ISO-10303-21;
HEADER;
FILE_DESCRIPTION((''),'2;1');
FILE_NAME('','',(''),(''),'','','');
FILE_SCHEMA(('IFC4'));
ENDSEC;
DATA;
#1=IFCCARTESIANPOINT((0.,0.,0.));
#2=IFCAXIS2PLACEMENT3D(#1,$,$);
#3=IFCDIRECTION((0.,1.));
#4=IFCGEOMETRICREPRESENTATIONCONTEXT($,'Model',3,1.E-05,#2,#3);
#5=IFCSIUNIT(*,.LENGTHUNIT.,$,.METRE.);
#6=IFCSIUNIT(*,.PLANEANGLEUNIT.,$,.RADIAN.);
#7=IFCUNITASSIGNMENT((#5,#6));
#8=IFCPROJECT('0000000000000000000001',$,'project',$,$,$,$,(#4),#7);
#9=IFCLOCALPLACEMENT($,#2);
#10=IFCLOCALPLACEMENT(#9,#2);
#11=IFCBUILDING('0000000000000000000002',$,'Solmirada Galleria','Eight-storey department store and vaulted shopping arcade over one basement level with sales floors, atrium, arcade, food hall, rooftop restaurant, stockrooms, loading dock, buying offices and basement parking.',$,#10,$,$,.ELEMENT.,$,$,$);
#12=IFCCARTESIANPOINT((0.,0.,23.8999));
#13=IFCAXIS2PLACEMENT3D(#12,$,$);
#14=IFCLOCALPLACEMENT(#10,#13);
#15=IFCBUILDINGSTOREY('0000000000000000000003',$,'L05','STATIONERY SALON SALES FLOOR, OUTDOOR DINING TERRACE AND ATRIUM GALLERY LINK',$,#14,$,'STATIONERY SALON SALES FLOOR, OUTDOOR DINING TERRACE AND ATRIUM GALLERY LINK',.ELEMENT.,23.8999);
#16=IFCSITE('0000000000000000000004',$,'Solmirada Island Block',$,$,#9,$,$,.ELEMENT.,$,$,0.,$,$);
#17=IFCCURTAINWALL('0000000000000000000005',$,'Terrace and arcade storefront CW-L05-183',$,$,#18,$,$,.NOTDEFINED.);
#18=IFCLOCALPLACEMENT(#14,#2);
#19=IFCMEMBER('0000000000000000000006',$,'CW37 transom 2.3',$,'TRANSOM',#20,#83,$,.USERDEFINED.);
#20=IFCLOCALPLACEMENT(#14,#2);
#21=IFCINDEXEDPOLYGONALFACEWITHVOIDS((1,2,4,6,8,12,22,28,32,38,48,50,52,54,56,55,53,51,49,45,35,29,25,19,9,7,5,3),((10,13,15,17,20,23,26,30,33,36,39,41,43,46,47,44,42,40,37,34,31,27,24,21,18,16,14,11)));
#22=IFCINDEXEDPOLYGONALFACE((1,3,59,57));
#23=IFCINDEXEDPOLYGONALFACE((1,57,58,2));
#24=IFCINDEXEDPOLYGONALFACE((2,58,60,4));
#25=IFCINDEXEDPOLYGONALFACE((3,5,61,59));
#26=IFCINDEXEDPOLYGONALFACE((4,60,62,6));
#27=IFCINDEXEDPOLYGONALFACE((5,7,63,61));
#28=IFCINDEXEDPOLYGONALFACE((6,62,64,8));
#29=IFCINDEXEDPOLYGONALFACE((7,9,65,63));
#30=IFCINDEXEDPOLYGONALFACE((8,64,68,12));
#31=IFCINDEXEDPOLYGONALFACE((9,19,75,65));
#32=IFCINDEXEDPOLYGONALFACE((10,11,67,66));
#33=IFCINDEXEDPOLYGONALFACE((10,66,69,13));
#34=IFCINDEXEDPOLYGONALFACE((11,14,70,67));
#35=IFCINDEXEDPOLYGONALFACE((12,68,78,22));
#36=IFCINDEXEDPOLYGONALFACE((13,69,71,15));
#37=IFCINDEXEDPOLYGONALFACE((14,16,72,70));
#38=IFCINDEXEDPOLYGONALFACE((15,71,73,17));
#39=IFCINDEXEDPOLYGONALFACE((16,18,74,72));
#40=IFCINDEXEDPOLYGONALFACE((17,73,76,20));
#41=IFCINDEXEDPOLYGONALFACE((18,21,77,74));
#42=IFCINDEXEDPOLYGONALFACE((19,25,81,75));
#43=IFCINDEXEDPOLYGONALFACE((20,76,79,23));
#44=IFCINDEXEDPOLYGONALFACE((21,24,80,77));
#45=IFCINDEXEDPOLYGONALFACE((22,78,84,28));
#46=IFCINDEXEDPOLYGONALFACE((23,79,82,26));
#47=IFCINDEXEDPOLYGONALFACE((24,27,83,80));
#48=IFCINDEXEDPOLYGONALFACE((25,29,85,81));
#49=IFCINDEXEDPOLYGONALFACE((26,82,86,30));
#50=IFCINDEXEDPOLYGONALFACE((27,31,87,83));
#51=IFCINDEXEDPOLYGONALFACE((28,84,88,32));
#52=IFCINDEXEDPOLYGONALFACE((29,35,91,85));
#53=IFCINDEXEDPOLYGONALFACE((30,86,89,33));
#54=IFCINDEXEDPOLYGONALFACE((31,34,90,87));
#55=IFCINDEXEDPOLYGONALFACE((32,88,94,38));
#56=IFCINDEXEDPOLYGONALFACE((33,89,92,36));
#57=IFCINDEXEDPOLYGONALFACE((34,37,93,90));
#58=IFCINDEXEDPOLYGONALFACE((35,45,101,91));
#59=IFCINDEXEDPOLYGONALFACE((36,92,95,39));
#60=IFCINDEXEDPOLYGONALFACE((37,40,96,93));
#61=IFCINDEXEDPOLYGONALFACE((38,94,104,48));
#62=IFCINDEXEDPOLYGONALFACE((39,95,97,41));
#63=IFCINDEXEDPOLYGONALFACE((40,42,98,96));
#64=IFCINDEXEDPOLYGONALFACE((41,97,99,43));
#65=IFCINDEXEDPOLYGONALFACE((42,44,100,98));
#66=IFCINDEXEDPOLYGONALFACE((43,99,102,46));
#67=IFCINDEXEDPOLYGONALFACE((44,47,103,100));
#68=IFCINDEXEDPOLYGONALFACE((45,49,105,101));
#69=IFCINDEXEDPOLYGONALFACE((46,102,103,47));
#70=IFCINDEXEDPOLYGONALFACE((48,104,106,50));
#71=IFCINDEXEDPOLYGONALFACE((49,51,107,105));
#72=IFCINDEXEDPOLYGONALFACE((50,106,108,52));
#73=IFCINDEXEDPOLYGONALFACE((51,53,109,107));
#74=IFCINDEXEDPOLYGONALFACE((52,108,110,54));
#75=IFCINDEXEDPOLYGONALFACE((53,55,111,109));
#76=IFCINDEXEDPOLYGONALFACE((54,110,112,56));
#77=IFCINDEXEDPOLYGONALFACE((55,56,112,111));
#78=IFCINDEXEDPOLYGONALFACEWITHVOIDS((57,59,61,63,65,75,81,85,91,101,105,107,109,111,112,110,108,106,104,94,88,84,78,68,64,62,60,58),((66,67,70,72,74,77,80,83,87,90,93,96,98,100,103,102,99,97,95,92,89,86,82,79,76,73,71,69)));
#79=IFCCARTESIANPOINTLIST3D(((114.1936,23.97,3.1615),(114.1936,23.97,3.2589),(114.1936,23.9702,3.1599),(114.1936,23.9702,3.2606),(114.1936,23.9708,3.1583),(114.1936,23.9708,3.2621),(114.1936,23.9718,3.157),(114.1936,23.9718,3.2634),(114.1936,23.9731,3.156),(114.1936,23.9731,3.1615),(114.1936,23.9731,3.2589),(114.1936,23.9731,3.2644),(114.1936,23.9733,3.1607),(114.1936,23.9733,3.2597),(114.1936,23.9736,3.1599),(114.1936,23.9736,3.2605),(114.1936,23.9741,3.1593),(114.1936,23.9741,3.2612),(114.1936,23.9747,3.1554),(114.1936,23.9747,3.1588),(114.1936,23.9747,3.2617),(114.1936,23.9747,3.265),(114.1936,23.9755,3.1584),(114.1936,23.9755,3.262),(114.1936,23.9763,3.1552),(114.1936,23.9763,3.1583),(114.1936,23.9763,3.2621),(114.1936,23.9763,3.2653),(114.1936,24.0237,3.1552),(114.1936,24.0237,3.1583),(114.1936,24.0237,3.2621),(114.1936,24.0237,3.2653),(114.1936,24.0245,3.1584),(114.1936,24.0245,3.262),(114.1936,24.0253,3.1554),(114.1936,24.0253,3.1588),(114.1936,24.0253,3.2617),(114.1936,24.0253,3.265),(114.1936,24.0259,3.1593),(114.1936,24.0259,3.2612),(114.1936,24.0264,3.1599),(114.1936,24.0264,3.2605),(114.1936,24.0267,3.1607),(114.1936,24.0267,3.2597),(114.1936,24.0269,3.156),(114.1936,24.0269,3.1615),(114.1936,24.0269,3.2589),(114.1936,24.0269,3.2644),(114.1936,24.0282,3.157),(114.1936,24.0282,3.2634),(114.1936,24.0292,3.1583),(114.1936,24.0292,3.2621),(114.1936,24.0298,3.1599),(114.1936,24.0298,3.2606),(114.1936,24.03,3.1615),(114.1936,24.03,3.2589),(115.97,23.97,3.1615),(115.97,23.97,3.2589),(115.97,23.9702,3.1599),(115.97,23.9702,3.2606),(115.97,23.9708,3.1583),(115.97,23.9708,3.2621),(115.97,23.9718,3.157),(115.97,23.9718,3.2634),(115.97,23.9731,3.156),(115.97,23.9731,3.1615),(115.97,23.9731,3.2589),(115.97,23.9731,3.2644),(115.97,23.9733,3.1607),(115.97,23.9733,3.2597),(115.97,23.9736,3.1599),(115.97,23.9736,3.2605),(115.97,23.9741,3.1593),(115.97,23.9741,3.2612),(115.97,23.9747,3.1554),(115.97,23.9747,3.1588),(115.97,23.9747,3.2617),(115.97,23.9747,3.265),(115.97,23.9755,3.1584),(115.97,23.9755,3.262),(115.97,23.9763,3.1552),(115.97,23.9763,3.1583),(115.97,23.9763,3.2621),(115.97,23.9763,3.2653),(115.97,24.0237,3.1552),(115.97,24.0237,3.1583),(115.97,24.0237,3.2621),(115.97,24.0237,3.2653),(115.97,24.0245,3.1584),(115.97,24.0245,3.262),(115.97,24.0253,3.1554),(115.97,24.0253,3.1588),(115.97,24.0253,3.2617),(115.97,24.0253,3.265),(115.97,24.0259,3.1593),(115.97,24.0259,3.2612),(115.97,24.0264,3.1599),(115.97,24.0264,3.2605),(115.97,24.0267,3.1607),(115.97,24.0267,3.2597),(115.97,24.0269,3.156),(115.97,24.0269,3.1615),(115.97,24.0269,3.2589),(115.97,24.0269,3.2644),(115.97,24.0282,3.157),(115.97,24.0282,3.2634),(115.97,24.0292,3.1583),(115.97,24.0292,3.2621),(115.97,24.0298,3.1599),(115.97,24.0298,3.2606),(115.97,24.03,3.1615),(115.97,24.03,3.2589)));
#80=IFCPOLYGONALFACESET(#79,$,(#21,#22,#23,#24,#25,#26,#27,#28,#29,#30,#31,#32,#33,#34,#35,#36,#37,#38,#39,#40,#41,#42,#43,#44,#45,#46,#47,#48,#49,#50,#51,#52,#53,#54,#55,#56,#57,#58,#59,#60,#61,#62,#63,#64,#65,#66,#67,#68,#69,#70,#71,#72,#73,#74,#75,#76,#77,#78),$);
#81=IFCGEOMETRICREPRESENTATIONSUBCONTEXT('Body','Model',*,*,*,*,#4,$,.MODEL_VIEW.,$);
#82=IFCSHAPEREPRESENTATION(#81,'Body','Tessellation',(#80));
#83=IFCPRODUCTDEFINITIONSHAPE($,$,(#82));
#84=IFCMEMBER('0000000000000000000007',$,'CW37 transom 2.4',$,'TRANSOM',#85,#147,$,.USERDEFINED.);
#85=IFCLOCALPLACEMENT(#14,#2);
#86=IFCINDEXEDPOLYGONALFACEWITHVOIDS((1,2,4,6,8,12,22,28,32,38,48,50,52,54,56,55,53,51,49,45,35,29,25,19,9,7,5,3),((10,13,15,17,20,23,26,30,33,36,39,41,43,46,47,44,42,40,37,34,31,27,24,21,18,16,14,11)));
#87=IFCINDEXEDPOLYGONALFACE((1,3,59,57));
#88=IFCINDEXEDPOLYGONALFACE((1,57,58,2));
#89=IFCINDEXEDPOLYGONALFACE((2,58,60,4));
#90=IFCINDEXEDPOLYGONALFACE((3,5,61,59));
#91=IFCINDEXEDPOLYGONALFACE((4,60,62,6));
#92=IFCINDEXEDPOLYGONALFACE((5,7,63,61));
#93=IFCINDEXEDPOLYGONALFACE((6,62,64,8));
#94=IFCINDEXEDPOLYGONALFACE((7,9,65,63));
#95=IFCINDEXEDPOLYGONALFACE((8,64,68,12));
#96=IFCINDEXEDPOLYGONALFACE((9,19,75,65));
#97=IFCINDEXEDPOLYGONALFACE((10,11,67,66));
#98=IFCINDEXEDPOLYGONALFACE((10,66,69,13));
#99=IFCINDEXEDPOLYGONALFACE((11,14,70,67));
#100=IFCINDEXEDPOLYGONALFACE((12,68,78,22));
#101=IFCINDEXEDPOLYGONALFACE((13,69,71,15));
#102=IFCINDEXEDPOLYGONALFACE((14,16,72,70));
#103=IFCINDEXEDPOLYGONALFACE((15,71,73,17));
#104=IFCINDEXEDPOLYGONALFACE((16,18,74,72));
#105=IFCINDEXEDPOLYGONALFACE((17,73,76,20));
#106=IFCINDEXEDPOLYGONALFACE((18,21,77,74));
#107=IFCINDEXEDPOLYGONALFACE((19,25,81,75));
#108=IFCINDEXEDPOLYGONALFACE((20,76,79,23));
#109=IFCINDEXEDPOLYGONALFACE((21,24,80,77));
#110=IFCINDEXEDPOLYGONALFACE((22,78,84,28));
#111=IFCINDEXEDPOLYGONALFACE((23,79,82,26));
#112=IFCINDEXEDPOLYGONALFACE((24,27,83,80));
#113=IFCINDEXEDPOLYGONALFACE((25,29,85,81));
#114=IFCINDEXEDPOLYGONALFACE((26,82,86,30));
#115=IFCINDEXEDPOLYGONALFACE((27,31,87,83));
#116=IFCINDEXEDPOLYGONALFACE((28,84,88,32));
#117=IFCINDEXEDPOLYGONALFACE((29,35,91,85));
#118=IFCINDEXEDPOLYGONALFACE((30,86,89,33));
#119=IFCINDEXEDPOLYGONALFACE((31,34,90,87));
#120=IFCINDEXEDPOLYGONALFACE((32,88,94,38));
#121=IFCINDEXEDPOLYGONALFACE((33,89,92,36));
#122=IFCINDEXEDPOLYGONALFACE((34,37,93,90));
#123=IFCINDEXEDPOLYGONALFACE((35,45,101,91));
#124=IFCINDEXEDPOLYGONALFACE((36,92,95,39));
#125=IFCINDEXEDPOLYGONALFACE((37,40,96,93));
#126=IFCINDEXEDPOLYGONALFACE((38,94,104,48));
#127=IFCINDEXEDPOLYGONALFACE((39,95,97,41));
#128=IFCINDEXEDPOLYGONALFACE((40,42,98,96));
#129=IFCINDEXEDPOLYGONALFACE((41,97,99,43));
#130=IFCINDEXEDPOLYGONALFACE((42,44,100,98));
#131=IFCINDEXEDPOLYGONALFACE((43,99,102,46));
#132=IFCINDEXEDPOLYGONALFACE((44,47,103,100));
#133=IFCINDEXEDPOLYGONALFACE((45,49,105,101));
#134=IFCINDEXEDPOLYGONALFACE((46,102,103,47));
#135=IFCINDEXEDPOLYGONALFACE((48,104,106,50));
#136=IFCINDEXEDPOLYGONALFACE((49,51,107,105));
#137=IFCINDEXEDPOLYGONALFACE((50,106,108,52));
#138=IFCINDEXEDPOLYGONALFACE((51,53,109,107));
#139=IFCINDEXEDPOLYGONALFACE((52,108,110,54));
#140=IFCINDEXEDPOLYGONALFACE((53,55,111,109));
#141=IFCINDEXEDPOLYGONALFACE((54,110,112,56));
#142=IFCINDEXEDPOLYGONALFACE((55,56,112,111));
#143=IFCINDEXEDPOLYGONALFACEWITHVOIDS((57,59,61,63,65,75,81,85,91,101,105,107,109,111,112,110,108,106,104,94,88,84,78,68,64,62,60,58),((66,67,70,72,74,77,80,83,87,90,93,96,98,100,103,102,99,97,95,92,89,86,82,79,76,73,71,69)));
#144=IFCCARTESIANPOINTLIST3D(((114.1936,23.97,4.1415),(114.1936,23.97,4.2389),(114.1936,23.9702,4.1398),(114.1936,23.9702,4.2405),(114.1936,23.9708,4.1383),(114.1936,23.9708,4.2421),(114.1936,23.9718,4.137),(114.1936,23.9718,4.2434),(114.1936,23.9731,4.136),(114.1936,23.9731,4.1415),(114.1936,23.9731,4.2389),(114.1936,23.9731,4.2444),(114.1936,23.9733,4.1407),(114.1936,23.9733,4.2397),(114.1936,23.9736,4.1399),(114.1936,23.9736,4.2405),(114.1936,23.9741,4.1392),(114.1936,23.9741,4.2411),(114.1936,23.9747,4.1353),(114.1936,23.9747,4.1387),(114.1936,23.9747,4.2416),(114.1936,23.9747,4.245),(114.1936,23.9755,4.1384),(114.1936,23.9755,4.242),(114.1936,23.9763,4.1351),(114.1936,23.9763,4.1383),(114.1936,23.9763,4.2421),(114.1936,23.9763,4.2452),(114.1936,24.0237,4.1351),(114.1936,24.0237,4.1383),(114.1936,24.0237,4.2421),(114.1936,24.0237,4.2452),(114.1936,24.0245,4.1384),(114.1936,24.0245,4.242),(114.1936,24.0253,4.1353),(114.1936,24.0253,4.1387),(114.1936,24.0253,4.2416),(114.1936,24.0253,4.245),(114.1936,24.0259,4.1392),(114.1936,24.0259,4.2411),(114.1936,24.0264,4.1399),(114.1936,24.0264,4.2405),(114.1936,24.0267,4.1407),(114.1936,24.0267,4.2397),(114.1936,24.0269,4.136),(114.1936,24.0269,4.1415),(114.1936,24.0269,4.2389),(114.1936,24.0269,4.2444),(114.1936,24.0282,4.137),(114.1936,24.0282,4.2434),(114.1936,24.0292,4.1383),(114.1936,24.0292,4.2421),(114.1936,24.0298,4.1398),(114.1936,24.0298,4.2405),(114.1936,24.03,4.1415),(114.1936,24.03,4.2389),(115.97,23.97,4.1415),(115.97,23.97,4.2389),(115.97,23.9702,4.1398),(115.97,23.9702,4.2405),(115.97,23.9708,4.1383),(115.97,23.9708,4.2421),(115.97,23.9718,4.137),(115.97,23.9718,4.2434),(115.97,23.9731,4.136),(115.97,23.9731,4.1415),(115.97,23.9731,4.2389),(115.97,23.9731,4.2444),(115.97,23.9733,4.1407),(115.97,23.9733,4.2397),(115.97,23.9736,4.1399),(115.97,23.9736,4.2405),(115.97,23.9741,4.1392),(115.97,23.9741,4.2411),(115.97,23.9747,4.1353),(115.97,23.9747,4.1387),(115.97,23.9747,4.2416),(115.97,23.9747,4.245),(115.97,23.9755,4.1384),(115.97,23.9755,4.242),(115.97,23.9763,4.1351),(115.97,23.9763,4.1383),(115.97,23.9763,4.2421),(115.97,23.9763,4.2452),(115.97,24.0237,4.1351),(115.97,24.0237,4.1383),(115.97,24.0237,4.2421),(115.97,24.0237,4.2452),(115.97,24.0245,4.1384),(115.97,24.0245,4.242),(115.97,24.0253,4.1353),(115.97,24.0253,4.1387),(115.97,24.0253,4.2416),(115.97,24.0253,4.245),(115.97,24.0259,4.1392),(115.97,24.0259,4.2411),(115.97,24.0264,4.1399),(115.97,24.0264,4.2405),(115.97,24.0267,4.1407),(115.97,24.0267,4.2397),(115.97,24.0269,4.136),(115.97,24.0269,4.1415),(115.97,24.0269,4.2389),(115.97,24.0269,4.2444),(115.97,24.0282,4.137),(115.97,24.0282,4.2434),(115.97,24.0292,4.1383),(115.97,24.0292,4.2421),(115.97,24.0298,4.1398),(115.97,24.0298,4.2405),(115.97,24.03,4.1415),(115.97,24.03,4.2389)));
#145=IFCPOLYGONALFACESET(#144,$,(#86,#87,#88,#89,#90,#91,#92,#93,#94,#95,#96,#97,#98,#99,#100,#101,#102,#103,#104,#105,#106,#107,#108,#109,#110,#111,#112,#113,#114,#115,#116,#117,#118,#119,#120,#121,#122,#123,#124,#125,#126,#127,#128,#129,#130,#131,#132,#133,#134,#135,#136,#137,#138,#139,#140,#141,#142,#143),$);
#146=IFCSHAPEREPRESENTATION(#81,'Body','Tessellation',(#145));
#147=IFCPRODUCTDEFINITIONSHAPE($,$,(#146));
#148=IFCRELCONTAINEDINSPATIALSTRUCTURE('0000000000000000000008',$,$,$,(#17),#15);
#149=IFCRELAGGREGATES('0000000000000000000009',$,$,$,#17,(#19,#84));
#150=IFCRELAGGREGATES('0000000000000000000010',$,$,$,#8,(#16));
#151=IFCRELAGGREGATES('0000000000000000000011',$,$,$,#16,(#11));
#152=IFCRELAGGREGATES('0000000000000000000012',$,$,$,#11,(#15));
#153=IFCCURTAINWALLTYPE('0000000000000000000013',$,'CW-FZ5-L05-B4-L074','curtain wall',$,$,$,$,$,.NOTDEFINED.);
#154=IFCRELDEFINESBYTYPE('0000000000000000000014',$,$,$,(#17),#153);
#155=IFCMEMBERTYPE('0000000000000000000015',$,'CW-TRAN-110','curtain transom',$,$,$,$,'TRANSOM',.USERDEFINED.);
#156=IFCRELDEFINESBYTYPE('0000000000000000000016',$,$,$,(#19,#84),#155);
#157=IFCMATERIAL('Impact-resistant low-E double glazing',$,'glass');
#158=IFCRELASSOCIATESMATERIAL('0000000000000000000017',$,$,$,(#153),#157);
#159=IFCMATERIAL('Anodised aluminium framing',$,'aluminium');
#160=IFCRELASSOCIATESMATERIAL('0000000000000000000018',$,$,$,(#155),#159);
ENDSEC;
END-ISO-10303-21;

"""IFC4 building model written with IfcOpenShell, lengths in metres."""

from ifc_helpers import new_model, si_unit, direction, frame, origin, origin_2d, place, context, subcontext, project, spatial, hollow_rectangle, extrude, material, material_profile, profile_set, type_object, element, aggregate, save


model = new_model("IFC4")

# Units and contexts
model_context = context("Model", 3, precision=1e-05, world=origin(), true_north=direction((0.0, 1.0)))
body_context = subcontext(model_context, "Body", "Model", "MODEL_VIEW")
ifc_project = project(units=[si_unit("LENGTHUNIT", "METRE"), si_unit("PLANEANGLEUNIT", "RADIAN")], contexts=[model_context])

# Site, building, storey
site_placement = place(None, origin())
site = spatial("IfcSite", under=ifc_project, at=site_placement, Name="Solmirada Island Block", CompositionType="ELEMENT", RefElevation=0.0)
building_placement = place(site_placement, origin())
building = spatial("IfcBuilding", under=site, at=building_placement, Name="Solmirada Galleria", Description="Eight-storey department store and vaulted shopping arcade over one basement level with sales floors, atrium, arcade, food hall, rooftop restaurant, stockrooms, loading dock, buying offices and basement parking.", CompositionType="ELEMENT")
storey_placement = place(building_placement, frame((0.0, 0.0, 23.8999)))
storey = spatial("IfcBuildingStorey", under=building, at=storey_placement, Name="L05", Description="STATIONERY SALON SALES FLOOR, OUTDOOR DINING TERRACE AND ATRIUM GALLERY LINK", LongName="STATIONERY SALON SALES FLOOR, OUTDOOR DINING TERRACE AND ATRIUM GALLERY LINK", CompositionType="ELEMENT", Elevation=23.8999)

# Curtain wall, members
ifc_material_1 = material(Name="Impact-resistant low-E double glazing", Category="glass")
curtain_wall_type = type_object("IfcCurtainWallType", Name="CW-FZ5-L05-B4-L074", Description="curtain wall", PredefinedType="NOTDEFINED", material=ifc_material_1)
curtain_wall_placement = place(storey_placement, origin())
curtain_wall = element("IfcCurtainWall", 1, at=curtain_wall_placement, inside=storey, type_object=curtain_wall_type, Name="Terrace and arcade storefront CW-L05-183", PredefinedType="NOTDEFINED")
ifc_material_2 = material(Name="Anodised aluminium framing", Category="aluminium")
ifc_material_profile_1 = material_profile(ifc_material_2, hollow_rectangle(XDim=0.0601, YDim=0.1101, WallThickness=0.0032, InnerFilletRadius=0.0032, OuterFilletRadius=0.0063, at=origin_2d()), Name="ALU-TRAN-110X60")
ifc_profile_set_1 = profile_set([ifc_material_profile_1], Name="Anodised aluminium framing")
member_type_1 = type_object("IfcMemberType", Name="CW-TRAN-110", Description="curtain transom", ElementType="TRANSOM", PredefinedType="USERDEFINED", material=ifc_profile_set_1)
member_1_placement = place(storey_placement, frame((114.1936, 24.0, 3.2102), z_axis=(1.0, 0.0, 0.0), x_axis=(0.0, 1.0, 0.0)))
member_1 = element("IfcMember", 2, at=member_1_placement, type_object=member_type_1, Name="CW37 transom 2.3", ObjectType="TRANSOM", PredefinedType="USERDEFINED", context=body_context, shape_type="SweptSolid", body=[
    extrude(hollow_rectangle(XDim=0.0601, YDim=0.1101, WallThickness=0.0032, InnerFilletRadius=0.0032, OuterFilletRadius=0.0063, at=origin_2d()), origin(), (0.0, 0.0, 1.0), 1.7764),
])
member_2_placement = place(storey_placement, frame((114.1936, 24.0, 4.1902), z_axis=(1.0, 0.0, 0.0), x_axis=(0.0, 1.0, 0.0)))
member_2 = element("IfcMember", 3, at=member_2_placement, type_object=member_type_1, Name="CW37 transom 2.4", ObjectType="TRANSOM", PredefinedType="USERDEFINED", context=body_context, shape_type="SweptSolid", body=[
    extrude(hollow_rectangle(XDim=0.0601, YDim=0.1101, WallThickness=0.0032, InnerFilletRadius=0.0032, OuterFilletRadius=0.0063, at=origin_2d()), origin(), (0.0, 0.0, 1.0), 1.7764),
])
aggregate(curtain_wall, [member_1, member_2])

save(model, "model.ifc")
